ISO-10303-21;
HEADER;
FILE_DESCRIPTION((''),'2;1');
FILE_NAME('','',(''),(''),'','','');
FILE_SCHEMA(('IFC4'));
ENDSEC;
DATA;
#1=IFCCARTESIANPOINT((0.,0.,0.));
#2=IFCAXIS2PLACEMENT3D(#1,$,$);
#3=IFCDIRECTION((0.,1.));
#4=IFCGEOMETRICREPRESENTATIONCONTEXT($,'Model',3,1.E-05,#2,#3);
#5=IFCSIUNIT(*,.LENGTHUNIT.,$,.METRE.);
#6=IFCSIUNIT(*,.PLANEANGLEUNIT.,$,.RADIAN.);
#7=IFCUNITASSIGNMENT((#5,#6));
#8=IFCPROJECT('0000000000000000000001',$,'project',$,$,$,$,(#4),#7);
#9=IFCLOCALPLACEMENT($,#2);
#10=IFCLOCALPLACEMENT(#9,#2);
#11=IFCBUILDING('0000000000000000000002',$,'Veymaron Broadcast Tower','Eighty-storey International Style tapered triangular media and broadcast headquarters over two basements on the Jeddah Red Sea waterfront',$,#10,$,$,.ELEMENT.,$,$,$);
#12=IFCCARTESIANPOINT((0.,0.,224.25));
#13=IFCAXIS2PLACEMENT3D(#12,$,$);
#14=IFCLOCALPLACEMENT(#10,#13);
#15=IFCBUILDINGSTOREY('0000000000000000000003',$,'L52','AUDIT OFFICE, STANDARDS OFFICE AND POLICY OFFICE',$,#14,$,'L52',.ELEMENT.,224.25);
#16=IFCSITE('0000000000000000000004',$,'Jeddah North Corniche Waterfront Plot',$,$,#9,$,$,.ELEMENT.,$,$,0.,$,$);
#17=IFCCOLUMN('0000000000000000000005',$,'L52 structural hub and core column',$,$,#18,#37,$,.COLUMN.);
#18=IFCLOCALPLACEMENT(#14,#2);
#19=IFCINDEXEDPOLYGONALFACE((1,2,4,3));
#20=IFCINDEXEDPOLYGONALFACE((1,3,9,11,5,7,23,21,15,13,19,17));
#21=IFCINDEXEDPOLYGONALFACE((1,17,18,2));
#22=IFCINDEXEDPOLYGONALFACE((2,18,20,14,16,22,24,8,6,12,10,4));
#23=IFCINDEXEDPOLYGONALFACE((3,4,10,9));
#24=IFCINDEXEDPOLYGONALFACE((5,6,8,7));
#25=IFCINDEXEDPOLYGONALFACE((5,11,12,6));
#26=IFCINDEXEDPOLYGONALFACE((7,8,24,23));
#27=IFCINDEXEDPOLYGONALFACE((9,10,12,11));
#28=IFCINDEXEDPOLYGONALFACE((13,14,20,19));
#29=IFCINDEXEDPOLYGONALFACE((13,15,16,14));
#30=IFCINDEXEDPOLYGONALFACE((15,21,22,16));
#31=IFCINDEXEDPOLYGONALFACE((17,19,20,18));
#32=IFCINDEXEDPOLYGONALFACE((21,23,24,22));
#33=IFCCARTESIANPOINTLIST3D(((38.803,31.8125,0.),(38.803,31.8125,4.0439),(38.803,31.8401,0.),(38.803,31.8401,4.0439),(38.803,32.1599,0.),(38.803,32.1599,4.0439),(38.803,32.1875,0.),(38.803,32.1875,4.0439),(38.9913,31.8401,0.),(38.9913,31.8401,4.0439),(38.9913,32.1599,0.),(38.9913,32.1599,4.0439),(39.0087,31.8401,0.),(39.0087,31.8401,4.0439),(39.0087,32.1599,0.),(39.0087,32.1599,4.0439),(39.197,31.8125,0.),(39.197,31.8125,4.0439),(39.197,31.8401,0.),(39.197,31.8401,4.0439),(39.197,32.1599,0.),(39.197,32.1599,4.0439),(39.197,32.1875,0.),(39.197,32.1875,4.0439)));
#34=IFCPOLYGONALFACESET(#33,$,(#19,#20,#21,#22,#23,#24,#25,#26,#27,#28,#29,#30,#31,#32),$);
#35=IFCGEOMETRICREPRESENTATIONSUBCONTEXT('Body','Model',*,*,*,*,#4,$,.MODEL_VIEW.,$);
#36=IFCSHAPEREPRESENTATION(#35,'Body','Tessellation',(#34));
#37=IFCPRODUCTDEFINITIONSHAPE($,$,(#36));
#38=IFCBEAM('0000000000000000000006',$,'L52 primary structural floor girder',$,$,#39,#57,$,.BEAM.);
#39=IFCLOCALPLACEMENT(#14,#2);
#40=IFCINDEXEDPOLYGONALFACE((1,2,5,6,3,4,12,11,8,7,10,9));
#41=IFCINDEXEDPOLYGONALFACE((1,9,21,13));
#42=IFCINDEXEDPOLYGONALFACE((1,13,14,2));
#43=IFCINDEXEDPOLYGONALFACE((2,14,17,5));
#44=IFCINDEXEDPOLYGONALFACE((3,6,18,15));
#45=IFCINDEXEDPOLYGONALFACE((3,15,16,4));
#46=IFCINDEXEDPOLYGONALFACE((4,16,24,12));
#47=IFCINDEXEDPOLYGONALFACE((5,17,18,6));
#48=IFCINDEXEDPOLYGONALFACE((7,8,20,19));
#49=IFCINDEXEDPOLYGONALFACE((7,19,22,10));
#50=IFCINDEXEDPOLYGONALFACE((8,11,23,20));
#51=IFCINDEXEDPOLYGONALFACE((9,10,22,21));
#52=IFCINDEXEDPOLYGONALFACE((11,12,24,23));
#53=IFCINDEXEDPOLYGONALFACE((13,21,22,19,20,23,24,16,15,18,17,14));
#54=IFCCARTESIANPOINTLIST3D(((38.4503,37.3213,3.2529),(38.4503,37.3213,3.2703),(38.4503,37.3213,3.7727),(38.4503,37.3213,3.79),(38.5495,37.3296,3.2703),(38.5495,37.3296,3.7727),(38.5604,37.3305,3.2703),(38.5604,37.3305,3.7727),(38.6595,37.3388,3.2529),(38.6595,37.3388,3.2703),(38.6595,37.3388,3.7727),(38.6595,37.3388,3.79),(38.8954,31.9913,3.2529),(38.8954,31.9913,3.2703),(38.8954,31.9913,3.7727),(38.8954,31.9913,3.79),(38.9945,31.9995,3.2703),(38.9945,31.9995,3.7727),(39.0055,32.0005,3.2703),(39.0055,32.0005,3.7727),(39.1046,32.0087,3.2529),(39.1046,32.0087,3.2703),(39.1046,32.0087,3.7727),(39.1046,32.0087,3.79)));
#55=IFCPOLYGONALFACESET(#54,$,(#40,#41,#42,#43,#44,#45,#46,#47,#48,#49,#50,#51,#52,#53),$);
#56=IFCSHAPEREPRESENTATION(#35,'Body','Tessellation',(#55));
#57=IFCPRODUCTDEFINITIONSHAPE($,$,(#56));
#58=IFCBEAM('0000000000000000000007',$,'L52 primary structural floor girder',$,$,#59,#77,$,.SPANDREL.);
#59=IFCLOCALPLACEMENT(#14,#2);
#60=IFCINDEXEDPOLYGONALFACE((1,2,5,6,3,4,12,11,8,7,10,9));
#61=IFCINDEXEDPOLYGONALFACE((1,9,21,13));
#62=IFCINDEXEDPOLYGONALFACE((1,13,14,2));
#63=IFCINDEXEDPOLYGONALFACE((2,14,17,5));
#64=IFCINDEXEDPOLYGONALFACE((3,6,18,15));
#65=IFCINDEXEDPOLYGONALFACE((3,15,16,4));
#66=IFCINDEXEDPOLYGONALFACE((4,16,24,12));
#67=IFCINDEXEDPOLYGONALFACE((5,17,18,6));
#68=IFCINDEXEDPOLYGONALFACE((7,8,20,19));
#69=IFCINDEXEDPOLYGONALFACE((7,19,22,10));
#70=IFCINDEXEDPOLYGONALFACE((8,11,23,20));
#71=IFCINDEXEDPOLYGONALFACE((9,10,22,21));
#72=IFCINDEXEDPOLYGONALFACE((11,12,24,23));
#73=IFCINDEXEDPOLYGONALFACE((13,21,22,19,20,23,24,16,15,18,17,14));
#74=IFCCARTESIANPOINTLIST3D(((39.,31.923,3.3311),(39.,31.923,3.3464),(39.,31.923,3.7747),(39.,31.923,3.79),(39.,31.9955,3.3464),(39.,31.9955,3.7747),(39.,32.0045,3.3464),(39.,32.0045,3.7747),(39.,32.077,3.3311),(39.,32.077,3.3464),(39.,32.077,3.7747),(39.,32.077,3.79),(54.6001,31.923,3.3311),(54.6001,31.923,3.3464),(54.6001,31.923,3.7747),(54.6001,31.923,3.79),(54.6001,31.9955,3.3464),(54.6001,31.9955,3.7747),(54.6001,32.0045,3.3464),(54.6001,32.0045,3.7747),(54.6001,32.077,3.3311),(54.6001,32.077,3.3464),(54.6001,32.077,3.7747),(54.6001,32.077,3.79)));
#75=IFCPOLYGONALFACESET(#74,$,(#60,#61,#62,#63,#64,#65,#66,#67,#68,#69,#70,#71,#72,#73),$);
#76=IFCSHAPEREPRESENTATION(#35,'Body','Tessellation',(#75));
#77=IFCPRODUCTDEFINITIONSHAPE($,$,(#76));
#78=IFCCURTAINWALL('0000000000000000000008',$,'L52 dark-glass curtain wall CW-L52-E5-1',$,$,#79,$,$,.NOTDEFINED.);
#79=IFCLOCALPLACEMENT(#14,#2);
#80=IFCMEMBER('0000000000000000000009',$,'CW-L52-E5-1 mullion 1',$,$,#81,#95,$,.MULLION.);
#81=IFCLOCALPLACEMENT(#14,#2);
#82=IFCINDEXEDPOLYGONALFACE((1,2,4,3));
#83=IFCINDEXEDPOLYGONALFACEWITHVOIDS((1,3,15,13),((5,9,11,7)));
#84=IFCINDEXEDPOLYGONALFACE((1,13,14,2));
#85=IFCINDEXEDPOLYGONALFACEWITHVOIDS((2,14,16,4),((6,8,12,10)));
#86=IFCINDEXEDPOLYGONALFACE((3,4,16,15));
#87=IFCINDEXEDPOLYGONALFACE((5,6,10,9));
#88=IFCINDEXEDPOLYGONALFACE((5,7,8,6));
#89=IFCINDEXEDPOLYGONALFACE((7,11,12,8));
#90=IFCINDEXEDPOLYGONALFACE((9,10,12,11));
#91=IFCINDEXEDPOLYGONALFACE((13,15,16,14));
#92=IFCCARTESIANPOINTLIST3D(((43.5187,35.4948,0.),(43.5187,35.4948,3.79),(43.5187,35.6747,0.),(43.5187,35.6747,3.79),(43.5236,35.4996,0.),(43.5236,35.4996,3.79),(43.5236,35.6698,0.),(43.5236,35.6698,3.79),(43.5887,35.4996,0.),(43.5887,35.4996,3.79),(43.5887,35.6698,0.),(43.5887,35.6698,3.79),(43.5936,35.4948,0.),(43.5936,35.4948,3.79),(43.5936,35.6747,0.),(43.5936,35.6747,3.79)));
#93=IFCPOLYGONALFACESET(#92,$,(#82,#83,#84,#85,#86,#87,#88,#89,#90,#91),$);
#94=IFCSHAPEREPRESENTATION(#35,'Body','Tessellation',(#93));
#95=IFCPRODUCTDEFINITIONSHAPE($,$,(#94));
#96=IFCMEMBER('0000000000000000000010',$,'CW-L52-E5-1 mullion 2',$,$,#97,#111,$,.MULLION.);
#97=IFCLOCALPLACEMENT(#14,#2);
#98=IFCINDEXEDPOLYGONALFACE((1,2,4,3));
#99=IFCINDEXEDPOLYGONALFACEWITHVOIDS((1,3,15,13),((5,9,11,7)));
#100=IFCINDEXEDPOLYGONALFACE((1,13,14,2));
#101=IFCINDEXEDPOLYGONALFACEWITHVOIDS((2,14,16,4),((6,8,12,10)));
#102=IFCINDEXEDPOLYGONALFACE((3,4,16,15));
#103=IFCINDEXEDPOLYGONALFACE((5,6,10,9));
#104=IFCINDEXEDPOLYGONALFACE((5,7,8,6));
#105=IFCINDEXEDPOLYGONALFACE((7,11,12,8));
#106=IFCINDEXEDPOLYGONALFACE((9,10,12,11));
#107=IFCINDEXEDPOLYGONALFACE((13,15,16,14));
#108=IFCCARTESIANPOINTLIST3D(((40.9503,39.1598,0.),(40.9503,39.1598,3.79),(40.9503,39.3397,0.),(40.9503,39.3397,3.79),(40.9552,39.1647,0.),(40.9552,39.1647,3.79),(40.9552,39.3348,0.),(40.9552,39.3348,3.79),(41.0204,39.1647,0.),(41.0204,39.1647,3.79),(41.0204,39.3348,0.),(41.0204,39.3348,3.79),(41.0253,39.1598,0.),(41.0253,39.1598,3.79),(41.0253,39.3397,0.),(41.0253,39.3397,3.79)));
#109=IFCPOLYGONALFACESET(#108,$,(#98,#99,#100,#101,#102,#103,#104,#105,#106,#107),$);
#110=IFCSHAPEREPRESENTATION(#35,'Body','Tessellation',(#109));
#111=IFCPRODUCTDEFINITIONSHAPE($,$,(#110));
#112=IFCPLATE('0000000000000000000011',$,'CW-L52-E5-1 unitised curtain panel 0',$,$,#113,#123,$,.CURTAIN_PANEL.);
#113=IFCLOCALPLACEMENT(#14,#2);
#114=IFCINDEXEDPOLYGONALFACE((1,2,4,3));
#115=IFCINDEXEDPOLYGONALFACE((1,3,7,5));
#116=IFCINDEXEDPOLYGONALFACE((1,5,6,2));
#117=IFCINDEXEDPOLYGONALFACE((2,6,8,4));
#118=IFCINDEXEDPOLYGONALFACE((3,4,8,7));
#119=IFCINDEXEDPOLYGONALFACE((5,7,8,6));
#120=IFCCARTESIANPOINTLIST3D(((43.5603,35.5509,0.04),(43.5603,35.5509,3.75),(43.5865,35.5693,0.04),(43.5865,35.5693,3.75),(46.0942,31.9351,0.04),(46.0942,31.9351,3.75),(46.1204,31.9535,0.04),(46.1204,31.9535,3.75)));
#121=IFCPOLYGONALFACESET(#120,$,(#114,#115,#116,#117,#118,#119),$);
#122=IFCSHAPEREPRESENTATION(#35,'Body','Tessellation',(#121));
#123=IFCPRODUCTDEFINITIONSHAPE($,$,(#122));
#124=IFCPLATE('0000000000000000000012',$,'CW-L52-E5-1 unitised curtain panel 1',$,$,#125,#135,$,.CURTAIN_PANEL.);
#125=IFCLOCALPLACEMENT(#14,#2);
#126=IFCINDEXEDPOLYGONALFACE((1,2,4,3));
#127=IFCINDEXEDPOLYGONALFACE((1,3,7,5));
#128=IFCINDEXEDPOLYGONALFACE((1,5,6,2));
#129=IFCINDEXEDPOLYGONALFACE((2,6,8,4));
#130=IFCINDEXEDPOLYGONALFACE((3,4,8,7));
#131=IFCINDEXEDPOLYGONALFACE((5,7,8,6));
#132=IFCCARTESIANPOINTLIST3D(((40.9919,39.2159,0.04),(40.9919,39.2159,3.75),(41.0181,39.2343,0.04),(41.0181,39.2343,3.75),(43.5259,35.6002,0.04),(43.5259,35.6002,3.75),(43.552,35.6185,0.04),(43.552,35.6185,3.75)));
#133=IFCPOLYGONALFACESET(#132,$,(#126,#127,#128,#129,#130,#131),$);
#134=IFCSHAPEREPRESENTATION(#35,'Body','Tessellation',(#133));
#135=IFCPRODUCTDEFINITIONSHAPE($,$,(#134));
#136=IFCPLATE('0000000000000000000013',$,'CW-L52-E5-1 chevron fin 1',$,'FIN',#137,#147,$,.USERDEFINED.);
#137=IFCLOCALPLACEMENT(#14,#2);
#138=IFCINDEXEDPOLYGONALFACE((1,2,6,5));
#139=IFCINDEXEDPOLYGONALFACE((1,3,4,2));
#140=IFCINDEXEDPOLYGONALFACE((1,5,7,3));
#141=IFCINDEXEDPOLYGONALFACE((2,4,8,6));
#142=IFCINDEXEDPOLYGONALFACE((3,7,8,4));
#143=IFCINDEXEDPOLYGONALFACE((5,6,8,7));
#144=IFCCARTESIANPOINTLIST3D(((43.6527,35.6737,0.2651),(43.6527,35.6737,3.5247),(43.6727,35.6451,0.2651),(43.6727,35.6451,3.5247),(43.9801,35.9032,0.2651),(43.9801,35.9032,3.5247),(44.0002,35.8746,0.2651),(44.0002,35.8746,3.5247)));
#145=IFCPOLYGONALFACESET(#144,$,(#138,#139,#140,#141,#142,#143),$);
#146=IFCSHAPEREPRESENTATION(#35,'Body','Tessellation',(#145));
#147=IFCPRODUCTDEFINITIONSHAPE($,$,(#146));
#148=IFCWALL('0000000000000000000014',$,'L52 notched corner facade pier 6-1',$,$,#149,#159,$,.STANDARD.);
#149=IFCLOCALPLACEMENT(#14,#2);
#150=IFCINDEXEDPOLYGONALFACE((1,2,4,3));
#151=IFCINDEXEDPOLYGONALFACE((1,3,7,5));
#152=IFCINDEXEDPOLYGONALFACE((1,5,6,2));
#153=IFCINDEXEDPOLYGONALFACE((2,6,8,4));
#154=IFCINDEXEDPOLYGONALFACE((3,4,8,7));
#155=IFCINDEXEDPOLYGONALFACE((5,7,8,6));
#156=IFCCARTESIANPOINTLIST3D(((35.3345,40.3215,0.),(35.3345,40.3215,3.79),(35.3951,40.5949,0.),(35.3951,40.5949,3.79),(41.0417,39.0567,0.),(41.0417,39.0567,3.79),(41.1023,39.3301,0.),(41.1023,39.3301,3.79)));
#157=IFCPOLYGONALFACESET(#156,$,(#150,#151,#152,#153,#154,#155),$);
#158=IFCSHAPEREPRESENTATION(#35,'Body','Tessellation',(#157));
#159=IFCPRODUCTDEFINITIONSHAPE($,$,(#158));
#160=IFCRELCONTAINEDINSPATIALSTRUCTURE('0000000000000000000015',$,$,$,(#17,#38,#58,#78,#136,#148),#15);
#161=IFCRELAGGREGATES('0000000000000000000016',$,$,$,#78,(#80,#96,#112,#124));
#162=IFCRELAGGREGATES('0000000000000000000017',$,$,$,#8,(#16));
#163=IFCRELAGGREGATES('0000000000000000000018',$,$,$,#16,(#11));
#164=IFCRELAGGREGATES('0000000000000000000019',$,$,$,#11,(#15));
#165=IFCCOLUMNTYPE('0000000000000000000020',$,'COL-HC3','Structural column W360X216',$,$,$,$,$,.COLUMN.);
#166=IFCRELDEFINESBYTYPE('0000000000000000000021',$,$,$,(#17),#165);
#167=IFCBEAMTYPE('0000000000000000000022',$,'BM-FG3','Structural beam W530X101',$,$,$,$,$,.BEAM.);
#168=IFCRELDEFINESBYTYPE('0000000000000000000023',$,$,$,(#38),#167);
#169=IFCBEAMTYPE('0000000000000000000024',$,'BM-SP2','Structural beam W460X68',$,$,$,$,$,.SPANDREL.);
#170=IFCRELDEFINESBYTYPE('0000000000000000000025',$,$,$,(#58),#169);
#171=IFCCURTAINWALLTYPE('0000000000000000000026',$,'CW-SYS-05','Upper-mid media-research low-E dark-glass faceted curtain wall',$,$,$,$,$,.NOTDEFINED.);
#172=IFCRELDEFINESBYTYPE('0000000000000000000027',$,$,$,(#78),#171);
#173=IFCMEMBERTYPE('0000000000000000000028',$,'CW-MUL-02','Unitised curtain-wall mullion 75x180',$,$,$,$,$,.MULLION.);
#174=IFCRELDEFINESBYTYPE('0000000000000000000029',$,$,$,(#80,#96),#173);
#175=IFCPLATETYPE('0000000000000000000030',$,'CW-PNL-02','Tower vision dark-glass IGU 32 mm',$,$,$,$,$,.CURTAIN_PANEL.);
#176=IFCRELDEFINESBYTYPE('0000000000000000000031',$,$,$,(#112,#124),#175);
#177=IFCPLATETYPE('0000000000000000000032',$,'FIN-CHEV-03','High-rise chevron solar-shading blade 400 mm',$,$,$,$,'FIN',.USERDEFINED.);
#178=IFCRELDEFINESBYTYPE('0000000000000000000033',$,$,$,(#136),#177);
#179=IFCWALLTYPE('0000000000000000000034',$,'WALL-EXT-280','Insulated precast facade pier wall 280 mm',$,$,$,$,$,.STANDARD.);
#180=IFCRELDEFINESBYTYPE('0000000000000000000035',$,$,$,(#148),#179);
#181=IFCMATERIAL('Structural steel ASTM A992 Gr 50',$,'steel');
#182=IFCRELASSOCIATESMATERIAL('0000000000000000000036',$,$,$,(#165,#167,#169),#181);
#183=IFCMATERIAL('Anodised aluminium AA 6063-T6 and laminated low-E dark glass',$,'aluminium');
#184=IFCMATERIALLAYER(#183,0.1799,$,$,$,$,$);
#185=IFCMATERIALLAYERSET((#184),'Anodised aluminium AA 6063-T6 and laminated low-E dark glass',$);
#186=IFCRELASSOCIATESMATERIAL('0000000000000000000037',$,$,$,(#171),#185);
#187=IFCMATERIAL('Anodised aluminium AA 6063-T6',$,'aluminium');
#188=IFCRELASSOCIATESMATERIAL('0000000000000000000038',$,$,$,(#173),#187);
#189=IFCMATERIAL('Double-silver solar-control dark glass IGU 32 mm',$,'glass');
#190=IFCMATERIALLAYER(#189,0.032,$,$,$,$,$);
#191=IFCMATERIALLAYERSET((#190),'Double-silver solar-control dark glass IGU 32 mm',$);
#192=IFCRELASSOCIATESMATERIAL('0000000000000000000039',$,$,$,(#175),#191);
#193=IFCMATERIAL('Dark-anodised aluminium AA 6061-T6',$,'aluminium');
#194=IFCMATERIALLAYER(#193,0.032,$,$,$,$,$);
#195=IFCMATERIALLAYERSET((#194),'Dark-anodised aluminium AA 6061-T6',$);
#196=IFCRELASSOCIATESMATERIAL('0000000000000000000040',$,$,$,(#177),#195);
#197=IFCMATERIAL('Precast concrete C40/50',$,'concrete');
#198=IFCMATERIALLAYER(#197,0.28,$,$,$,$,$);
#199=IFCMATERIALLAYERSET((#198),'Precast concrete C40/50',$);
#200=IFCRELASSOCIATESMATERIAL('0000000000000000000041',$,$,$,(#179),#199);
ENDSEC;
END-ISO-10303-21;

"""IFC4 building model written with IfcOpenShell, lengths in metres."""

from ifc_helpers import new_model, si_unit, direction, frame, frame_2d, origin, origin_2d, place, context, subcontext, project, spatial, rectangle, hollow_rectangle, i_section, extrude, material, layer, layer_set, material_profile, profile_set, type_object, element, aggregate, save


model = new_model("IFC4")

# Units and contexts
model_context = context("Model", 3, precision=1e-05, world=origin(), true_north=direction((0.0, 1.0)))
body_context = subcontext(model_context, "Body", "Model", "MODEL_VIEW")
ifc_project = project(units=[si_unit("LENGTHUNIT", "METRE"), si_unit("PLANEANGLEUNIT", "RADIAN")], contexts=[model_context])

# Site, building, storey
site_placement = place(None, origin())
site = spatial("IfcSite", under=ifc_project, at=site_placement, Name="Jeddah North Corniche Waterfront Plot", CompositionType="ELEMENT", RefElevation=0.0)
building_placement = place(site_placement, origin())
building = spatial("IfcBuilding", under=site, at=building_placement, Name="Veymaron Broadcast Tower", Description="Eighty-storey International Style tapered triangular media and broadcast headquarters over two basements on the Jeddah Red Sea waterfront", CompositionType="ELEMENT")
storey_placement = place(building_placement, frame((0.0, 0.0, 224.25)))
storey = spatial("IfcBuildingStorey", under=building, at=storey_placement, Name="L52", Description="AUDIT OFFICE, STANDARDS OFFICE AND POLICY OFFICE", LongName="L52", CompositionType="ELEMENT", Elevation=224.25)

# Column
ifc_material_1 = material(Name="Structural steel ASTM A992 Gr 50", Category="steel")
ifc_material_profile_1 = material_profile(ifc_material_1, i_section(OverallWidth=0.394, OverallDepth=0.375, WebThickness=0.0173, FlangeThickness=0.0276, at=origin_2d()), Name="W360X216")
ifc_profile_set_1 = profile_set([ifc_material_profile_1], Name="Structural steel ASTM A992 Gr 50")
column_type = type_object("IfcColumnType", Name="COL-HC3", Description="Structural column W360X216", PredefinedType="COLUMN", material=ifc_profile_set_1)
column_placement = place(storey_placement, frame((39.0, 32.0, 0.0), z_axis=(0.0, 0.0, 1.0), x_axis=(1.0, 0.0, 0.0)))
element("IfcColumn", 1, at=column_placement, inside=storey, type_object=column_type, Name="L52 structural hub and core column", PredefinedType="COLUMN", context=body_context, shape_type="SweptSolid", body=[
    extrude(i_section(OverallWidth=0.394, OverallDepth=0.375, WebThickness=0.0173, FlangeThickness=0.0276, at=origin_2d()), origin(), (0.0, 0.0, 1.0), 4.0439),
])

# Beams
ifc_material_profile_2 = material_profile(ifc_material_1, i_section(OverallWidth=0.21, OverallDepth=0.5371, WebThickness=0.011, FlangeThickness=0.0173, at=origin_2d()), Name="W530X101")
ifc_profile_set_2 = profile_set([ifc_material_profile_2], Name="Structural steel ASTM A992 Gr 50")
beam_type_1 = type_object("IfcBeamType", Name="BM-FG3", Description="Structural beam W530X101", PredefinedType="BEAM", material=ifc_profile_set_2)
beam_1_placement = place(storey_placement, frame((39.0, 32.0, 3.5215), z_axis=(-0.083212, 0.996532, 0.0), x_axis=(-0.996532, -0.083212, 0.0)))
element("IfcBeam", 2, at=beam_1_placement, inside=storey, type_object=beam_type_1, Name="L52 primary structural floor girder", PredefinedType="BEAM", context=body_context, shape_type="SweptSolid", body=[
    extrude(i_section(OverallWidth=0.21, OverallDepth=0.5371, WebThickness=0.011, FlangeThickness=0.0173, at=origin_2d()), origin(), (0.0, 0.0, 1.0), 5.3486),
])
ifc_material_profile_3 = material_profile(ifc_material_1, i_section(OverallWidth=0.1541, OverallDepth=0.459, WebThickness=0.009, FlangeThickness=0.0154, at=origin_2d()), Name="W460X68")
ifc_profile_set_3 = profile_set([ifc_material_profile_3], Name="Structural steel ASTM A992 Gr 50")
beam_type_2 = type_object("IfcBeamType", Name="BM-SP2", Description="Structural beam W460X68", PredefinedType="SPANDREL", material=ifc_profile_set_3)
beam_2_placement = place(storey_placement, frame((39.0, 32.0, 3.5605), z_axis=(1.0, 0.0, 0.0), x_axis=(0.0, 1.0, 0.0)))
element("IfcBeam", 3, at=beam_2_placement, inside=storey, type_object=beam_type_2, Name="L52 primary structural floor girder", PredefinedType="SPANDREL", context=body_context, shape_type="SweptSolid", body=[
    extrude(i_section(OverallWidth=0.1541, OverallDepth=0.459, WebThickness=0.009, FlangeThickness=0.0154, at=origin_2d()), origin(), (0.0, 0.0, 1.0), 15.6001),
])

# Curtain wall, members, plates
ifc_material_2 = material(Name="Anodised aluminium AA 6063-T6 and laminated low-E dark glass", Category="aluminium")
ifc_layer_1 = layer(ifc_material_2, 0.1799)
ifc_layer_set_1 = layer_set([ifc_layer_1], Name="Anodised aluminium AA 6063-T6 and laminated low-E dark glass")
curtain_wall_type = type_object("IfcCurtainWallType", Name="CW-SYS-05", Description="Upper-mid media-research low-E dark-glass faceted curtain wall", PredefinedType="NOTDEFINED", material=ifc_layer_set_1)
curtain_wall_placement = place(storey_placement, origin())
curtain_wall = element("IfcCurtainWall", 4, at=curtain_wall_placement, inside=storey, type_object=curtain_wall_type, Name="L52 dark-glass curtain wall CW-L52-E5-1", PredefinedType="NOTDEFINED")
ifc_material_3 = material(Name="Anodised aluminium AA 6063-T6", Category="aluminium")
ifc_material_profile_4 = material_profile(ifc_material_3, hollow_rectangle(XDim=0.075, YDim=0.1799, WallThickness=0.0049, at=origin_2d()), Name="AL180X75X5")
ifc_profile_set_4 = profile_set([ifc_material_profile_4], Name="Anodised aluminium AA 6063-T6")
member_type = type_object("IfcMemberType", Name="CW-MUL-02", Description="Unitised curtain-wall mullion 75x180", PredefinedType="MULLION", material=ifc_profile_set_4)
member_1_placement = place(storey_placement, frame((43.5562, 35.5847, 0.0), z_axis=(0.0, 0.0, 1.0), x_axis=(1.0, 0.0, 0.0)))
member_1 = element("IfcMember", 5, at=member_1_placement, type_object=member_type, Name="CW-L52-E5-1 mullion 1", PredefinedType="MULLION", context=body_context, shape_type="SweptSolid", body=[
    extrude(hollow_rectangle(XDim=0.075, YDim=0.1799, WallThickness=0.0049, at=origin_2d()), origin(), (0.0, 0.0, 1.0), 3.79),
])
member_2_placement = place(storey_placement, frame((40.9878, 39.2498, 0.0), z_axis=(0.0, 0.0, 1.0), x_axis=(1.0, 0.0, 0.0)))
member_2 = element("IfcMember", 6, at=member_2_placement, type_object=member_type, Name="CW-L52-E5-1 mullion 2", PredefinedType="MULLION", context=body_context, shape_type="SweptSolid", body=[
    extrude(hollow_rectangle(XDim=0.075, YDim=0.1799, WallThickness=0.0049, at=origin_2d()), origin(), (0.0, 0.0, 1.0), 3.79),
])
ifc_material_4 = material(Name="Double-silver solar-control dark glass IGU 32 mm", Category="glass")
ifc_layer_2 = layer(ifc_material_4, 0.032)
ifc_layer_set_2 = layer_set([ifc_layer_2], Name="Double-silver solar-control dark glass IGU 32 mm")
plate_type_1 = type_object("IfcPlateType", Name="CW-PNL-02", Description="Tower vision dark-glass IGU 32 mm", PredefinedType="CURTAIN_PANEL", material=ifc_layer_set_2)
plate_1_placement = place(storey_placement, frame((44.8403, 33.7522, 0.04), z_axis=(0.0, 0.0, 1.0), x_axis=(-0.573905, 0.818922, 0.0)))
plate_1 = element("IfcPlate", 7, at=plate_1_placement, type_object=plate_type_1, Name="CW-L52-E5-1 unitised curtain panel 0", PredefinedType="CURTAIN_PANEL", context=body_context, shape_type="SweptSolid", body=[
    extrude(rectangle(XDim=4.4153, YDim=0.032, at=origin_2d()), origin(), (0.0, 0.0, 1.0), 3.71),
])
plate_2_placement = place(storey_placement, frame((42.272, 37.4172, 0.04), z_axis=(0.0, 0.0, 1.0), x_axis=(-0.573905, 0.818922, 0.0)))
plate_2 = element("IfcPlate", 8, at=plate_2_placement, type_object=plate_type_1, Name="CW-L52-E5-1 unitised curtain panel 1", PredefinedType="CURTAIN_PANEL", context=body_context, shape_type="SweptSolid", body=[
    extrude(rectangle(XDim=4.4153, YDim=0.032, at=origin_2d()), origin(), (0.0, 0.0, 1.0), 3.71),
])
aggregate(curtain_wall, [member_1, member_2, plate_1, plate_2])

# Plate
ifc_material_5 = material(Name="Dark-anodised aluminium AA 6061-T6", Category="aluminium")
ifc_layer_3 = layer(ifc_material_5, 0.032)
ifc_layer_set_3 = layer_set([ifc_layer_3], Name="Dark-anodised aluminium AA 6061-T6")
plate_type_2 = type_object("IfcPlateType", Name="FIN-CHEV-03", Description="High-rise chevron solar-shading blade 400 mm", ElementType="FIN", PredefinedType="USERDEFINED", material=ifc_layer_set_3)
plate_3_placement = place(storey_placement, frame((43.8264, 35.7742, 0.2651), z_axis=(0.0, 0.0, 1.0), x_axis=(0.818922, 0.573905, 0.0)))
element("IfcPlate", 9, at=plate_3_placement, inside=storey, type_object=plate_type_2, Name="CW-L52-E5-1 chevron fin 1", ObjectType="FIN", PredefinedType="USERDEFINED", context=body_context, shape_type="SweptSolid", body=[
    extrude(rectangle(XDim=0.3999, YDim=0.0349, at=origin_2d()), origin(), (0.0, 0.0, 1.0), 3.2595),
])

# Wall
ifc_material_6 = material(Name="Precast concrete C40/50", Category="concrete")
ifc_layer_4 = layer(ifc_material_6, 0.28)
ifc_layer_set_4 = layer_set([ifc_layer_4], Name="Precast concrete C40/50")
wall_type_1 = type_object("IfcWallType", Name="WALL-EXT-280", Description="Insulated precast facade pier wall 280 mm", PredefinedType="STANDARD", material=ifc_layer_set_4)
wall_1_placement = place(storey_placement, frame((41.072, 39.1934, 0.0), z_axis=(0.0, 0.0, 1.0), x_axis=(-0.97631, 0.216378, 0.0)))
element("IfcWall", 10, at=wall_1_placement, inside=storey, type_object=wall_type_1, Name="L52 notched corner facade pier 6-1", PredefinedType="STANDARD", context=body_context, shape_type="SweptSolid", body=[
    extrude(rectangle(XDim=5.8457, YDim=0.28, at=frame_2d((2.9229, 0.0))), origin(), (0.0, 0.0, 1.0), 3.79),
])

save(model, "model.ifc")
